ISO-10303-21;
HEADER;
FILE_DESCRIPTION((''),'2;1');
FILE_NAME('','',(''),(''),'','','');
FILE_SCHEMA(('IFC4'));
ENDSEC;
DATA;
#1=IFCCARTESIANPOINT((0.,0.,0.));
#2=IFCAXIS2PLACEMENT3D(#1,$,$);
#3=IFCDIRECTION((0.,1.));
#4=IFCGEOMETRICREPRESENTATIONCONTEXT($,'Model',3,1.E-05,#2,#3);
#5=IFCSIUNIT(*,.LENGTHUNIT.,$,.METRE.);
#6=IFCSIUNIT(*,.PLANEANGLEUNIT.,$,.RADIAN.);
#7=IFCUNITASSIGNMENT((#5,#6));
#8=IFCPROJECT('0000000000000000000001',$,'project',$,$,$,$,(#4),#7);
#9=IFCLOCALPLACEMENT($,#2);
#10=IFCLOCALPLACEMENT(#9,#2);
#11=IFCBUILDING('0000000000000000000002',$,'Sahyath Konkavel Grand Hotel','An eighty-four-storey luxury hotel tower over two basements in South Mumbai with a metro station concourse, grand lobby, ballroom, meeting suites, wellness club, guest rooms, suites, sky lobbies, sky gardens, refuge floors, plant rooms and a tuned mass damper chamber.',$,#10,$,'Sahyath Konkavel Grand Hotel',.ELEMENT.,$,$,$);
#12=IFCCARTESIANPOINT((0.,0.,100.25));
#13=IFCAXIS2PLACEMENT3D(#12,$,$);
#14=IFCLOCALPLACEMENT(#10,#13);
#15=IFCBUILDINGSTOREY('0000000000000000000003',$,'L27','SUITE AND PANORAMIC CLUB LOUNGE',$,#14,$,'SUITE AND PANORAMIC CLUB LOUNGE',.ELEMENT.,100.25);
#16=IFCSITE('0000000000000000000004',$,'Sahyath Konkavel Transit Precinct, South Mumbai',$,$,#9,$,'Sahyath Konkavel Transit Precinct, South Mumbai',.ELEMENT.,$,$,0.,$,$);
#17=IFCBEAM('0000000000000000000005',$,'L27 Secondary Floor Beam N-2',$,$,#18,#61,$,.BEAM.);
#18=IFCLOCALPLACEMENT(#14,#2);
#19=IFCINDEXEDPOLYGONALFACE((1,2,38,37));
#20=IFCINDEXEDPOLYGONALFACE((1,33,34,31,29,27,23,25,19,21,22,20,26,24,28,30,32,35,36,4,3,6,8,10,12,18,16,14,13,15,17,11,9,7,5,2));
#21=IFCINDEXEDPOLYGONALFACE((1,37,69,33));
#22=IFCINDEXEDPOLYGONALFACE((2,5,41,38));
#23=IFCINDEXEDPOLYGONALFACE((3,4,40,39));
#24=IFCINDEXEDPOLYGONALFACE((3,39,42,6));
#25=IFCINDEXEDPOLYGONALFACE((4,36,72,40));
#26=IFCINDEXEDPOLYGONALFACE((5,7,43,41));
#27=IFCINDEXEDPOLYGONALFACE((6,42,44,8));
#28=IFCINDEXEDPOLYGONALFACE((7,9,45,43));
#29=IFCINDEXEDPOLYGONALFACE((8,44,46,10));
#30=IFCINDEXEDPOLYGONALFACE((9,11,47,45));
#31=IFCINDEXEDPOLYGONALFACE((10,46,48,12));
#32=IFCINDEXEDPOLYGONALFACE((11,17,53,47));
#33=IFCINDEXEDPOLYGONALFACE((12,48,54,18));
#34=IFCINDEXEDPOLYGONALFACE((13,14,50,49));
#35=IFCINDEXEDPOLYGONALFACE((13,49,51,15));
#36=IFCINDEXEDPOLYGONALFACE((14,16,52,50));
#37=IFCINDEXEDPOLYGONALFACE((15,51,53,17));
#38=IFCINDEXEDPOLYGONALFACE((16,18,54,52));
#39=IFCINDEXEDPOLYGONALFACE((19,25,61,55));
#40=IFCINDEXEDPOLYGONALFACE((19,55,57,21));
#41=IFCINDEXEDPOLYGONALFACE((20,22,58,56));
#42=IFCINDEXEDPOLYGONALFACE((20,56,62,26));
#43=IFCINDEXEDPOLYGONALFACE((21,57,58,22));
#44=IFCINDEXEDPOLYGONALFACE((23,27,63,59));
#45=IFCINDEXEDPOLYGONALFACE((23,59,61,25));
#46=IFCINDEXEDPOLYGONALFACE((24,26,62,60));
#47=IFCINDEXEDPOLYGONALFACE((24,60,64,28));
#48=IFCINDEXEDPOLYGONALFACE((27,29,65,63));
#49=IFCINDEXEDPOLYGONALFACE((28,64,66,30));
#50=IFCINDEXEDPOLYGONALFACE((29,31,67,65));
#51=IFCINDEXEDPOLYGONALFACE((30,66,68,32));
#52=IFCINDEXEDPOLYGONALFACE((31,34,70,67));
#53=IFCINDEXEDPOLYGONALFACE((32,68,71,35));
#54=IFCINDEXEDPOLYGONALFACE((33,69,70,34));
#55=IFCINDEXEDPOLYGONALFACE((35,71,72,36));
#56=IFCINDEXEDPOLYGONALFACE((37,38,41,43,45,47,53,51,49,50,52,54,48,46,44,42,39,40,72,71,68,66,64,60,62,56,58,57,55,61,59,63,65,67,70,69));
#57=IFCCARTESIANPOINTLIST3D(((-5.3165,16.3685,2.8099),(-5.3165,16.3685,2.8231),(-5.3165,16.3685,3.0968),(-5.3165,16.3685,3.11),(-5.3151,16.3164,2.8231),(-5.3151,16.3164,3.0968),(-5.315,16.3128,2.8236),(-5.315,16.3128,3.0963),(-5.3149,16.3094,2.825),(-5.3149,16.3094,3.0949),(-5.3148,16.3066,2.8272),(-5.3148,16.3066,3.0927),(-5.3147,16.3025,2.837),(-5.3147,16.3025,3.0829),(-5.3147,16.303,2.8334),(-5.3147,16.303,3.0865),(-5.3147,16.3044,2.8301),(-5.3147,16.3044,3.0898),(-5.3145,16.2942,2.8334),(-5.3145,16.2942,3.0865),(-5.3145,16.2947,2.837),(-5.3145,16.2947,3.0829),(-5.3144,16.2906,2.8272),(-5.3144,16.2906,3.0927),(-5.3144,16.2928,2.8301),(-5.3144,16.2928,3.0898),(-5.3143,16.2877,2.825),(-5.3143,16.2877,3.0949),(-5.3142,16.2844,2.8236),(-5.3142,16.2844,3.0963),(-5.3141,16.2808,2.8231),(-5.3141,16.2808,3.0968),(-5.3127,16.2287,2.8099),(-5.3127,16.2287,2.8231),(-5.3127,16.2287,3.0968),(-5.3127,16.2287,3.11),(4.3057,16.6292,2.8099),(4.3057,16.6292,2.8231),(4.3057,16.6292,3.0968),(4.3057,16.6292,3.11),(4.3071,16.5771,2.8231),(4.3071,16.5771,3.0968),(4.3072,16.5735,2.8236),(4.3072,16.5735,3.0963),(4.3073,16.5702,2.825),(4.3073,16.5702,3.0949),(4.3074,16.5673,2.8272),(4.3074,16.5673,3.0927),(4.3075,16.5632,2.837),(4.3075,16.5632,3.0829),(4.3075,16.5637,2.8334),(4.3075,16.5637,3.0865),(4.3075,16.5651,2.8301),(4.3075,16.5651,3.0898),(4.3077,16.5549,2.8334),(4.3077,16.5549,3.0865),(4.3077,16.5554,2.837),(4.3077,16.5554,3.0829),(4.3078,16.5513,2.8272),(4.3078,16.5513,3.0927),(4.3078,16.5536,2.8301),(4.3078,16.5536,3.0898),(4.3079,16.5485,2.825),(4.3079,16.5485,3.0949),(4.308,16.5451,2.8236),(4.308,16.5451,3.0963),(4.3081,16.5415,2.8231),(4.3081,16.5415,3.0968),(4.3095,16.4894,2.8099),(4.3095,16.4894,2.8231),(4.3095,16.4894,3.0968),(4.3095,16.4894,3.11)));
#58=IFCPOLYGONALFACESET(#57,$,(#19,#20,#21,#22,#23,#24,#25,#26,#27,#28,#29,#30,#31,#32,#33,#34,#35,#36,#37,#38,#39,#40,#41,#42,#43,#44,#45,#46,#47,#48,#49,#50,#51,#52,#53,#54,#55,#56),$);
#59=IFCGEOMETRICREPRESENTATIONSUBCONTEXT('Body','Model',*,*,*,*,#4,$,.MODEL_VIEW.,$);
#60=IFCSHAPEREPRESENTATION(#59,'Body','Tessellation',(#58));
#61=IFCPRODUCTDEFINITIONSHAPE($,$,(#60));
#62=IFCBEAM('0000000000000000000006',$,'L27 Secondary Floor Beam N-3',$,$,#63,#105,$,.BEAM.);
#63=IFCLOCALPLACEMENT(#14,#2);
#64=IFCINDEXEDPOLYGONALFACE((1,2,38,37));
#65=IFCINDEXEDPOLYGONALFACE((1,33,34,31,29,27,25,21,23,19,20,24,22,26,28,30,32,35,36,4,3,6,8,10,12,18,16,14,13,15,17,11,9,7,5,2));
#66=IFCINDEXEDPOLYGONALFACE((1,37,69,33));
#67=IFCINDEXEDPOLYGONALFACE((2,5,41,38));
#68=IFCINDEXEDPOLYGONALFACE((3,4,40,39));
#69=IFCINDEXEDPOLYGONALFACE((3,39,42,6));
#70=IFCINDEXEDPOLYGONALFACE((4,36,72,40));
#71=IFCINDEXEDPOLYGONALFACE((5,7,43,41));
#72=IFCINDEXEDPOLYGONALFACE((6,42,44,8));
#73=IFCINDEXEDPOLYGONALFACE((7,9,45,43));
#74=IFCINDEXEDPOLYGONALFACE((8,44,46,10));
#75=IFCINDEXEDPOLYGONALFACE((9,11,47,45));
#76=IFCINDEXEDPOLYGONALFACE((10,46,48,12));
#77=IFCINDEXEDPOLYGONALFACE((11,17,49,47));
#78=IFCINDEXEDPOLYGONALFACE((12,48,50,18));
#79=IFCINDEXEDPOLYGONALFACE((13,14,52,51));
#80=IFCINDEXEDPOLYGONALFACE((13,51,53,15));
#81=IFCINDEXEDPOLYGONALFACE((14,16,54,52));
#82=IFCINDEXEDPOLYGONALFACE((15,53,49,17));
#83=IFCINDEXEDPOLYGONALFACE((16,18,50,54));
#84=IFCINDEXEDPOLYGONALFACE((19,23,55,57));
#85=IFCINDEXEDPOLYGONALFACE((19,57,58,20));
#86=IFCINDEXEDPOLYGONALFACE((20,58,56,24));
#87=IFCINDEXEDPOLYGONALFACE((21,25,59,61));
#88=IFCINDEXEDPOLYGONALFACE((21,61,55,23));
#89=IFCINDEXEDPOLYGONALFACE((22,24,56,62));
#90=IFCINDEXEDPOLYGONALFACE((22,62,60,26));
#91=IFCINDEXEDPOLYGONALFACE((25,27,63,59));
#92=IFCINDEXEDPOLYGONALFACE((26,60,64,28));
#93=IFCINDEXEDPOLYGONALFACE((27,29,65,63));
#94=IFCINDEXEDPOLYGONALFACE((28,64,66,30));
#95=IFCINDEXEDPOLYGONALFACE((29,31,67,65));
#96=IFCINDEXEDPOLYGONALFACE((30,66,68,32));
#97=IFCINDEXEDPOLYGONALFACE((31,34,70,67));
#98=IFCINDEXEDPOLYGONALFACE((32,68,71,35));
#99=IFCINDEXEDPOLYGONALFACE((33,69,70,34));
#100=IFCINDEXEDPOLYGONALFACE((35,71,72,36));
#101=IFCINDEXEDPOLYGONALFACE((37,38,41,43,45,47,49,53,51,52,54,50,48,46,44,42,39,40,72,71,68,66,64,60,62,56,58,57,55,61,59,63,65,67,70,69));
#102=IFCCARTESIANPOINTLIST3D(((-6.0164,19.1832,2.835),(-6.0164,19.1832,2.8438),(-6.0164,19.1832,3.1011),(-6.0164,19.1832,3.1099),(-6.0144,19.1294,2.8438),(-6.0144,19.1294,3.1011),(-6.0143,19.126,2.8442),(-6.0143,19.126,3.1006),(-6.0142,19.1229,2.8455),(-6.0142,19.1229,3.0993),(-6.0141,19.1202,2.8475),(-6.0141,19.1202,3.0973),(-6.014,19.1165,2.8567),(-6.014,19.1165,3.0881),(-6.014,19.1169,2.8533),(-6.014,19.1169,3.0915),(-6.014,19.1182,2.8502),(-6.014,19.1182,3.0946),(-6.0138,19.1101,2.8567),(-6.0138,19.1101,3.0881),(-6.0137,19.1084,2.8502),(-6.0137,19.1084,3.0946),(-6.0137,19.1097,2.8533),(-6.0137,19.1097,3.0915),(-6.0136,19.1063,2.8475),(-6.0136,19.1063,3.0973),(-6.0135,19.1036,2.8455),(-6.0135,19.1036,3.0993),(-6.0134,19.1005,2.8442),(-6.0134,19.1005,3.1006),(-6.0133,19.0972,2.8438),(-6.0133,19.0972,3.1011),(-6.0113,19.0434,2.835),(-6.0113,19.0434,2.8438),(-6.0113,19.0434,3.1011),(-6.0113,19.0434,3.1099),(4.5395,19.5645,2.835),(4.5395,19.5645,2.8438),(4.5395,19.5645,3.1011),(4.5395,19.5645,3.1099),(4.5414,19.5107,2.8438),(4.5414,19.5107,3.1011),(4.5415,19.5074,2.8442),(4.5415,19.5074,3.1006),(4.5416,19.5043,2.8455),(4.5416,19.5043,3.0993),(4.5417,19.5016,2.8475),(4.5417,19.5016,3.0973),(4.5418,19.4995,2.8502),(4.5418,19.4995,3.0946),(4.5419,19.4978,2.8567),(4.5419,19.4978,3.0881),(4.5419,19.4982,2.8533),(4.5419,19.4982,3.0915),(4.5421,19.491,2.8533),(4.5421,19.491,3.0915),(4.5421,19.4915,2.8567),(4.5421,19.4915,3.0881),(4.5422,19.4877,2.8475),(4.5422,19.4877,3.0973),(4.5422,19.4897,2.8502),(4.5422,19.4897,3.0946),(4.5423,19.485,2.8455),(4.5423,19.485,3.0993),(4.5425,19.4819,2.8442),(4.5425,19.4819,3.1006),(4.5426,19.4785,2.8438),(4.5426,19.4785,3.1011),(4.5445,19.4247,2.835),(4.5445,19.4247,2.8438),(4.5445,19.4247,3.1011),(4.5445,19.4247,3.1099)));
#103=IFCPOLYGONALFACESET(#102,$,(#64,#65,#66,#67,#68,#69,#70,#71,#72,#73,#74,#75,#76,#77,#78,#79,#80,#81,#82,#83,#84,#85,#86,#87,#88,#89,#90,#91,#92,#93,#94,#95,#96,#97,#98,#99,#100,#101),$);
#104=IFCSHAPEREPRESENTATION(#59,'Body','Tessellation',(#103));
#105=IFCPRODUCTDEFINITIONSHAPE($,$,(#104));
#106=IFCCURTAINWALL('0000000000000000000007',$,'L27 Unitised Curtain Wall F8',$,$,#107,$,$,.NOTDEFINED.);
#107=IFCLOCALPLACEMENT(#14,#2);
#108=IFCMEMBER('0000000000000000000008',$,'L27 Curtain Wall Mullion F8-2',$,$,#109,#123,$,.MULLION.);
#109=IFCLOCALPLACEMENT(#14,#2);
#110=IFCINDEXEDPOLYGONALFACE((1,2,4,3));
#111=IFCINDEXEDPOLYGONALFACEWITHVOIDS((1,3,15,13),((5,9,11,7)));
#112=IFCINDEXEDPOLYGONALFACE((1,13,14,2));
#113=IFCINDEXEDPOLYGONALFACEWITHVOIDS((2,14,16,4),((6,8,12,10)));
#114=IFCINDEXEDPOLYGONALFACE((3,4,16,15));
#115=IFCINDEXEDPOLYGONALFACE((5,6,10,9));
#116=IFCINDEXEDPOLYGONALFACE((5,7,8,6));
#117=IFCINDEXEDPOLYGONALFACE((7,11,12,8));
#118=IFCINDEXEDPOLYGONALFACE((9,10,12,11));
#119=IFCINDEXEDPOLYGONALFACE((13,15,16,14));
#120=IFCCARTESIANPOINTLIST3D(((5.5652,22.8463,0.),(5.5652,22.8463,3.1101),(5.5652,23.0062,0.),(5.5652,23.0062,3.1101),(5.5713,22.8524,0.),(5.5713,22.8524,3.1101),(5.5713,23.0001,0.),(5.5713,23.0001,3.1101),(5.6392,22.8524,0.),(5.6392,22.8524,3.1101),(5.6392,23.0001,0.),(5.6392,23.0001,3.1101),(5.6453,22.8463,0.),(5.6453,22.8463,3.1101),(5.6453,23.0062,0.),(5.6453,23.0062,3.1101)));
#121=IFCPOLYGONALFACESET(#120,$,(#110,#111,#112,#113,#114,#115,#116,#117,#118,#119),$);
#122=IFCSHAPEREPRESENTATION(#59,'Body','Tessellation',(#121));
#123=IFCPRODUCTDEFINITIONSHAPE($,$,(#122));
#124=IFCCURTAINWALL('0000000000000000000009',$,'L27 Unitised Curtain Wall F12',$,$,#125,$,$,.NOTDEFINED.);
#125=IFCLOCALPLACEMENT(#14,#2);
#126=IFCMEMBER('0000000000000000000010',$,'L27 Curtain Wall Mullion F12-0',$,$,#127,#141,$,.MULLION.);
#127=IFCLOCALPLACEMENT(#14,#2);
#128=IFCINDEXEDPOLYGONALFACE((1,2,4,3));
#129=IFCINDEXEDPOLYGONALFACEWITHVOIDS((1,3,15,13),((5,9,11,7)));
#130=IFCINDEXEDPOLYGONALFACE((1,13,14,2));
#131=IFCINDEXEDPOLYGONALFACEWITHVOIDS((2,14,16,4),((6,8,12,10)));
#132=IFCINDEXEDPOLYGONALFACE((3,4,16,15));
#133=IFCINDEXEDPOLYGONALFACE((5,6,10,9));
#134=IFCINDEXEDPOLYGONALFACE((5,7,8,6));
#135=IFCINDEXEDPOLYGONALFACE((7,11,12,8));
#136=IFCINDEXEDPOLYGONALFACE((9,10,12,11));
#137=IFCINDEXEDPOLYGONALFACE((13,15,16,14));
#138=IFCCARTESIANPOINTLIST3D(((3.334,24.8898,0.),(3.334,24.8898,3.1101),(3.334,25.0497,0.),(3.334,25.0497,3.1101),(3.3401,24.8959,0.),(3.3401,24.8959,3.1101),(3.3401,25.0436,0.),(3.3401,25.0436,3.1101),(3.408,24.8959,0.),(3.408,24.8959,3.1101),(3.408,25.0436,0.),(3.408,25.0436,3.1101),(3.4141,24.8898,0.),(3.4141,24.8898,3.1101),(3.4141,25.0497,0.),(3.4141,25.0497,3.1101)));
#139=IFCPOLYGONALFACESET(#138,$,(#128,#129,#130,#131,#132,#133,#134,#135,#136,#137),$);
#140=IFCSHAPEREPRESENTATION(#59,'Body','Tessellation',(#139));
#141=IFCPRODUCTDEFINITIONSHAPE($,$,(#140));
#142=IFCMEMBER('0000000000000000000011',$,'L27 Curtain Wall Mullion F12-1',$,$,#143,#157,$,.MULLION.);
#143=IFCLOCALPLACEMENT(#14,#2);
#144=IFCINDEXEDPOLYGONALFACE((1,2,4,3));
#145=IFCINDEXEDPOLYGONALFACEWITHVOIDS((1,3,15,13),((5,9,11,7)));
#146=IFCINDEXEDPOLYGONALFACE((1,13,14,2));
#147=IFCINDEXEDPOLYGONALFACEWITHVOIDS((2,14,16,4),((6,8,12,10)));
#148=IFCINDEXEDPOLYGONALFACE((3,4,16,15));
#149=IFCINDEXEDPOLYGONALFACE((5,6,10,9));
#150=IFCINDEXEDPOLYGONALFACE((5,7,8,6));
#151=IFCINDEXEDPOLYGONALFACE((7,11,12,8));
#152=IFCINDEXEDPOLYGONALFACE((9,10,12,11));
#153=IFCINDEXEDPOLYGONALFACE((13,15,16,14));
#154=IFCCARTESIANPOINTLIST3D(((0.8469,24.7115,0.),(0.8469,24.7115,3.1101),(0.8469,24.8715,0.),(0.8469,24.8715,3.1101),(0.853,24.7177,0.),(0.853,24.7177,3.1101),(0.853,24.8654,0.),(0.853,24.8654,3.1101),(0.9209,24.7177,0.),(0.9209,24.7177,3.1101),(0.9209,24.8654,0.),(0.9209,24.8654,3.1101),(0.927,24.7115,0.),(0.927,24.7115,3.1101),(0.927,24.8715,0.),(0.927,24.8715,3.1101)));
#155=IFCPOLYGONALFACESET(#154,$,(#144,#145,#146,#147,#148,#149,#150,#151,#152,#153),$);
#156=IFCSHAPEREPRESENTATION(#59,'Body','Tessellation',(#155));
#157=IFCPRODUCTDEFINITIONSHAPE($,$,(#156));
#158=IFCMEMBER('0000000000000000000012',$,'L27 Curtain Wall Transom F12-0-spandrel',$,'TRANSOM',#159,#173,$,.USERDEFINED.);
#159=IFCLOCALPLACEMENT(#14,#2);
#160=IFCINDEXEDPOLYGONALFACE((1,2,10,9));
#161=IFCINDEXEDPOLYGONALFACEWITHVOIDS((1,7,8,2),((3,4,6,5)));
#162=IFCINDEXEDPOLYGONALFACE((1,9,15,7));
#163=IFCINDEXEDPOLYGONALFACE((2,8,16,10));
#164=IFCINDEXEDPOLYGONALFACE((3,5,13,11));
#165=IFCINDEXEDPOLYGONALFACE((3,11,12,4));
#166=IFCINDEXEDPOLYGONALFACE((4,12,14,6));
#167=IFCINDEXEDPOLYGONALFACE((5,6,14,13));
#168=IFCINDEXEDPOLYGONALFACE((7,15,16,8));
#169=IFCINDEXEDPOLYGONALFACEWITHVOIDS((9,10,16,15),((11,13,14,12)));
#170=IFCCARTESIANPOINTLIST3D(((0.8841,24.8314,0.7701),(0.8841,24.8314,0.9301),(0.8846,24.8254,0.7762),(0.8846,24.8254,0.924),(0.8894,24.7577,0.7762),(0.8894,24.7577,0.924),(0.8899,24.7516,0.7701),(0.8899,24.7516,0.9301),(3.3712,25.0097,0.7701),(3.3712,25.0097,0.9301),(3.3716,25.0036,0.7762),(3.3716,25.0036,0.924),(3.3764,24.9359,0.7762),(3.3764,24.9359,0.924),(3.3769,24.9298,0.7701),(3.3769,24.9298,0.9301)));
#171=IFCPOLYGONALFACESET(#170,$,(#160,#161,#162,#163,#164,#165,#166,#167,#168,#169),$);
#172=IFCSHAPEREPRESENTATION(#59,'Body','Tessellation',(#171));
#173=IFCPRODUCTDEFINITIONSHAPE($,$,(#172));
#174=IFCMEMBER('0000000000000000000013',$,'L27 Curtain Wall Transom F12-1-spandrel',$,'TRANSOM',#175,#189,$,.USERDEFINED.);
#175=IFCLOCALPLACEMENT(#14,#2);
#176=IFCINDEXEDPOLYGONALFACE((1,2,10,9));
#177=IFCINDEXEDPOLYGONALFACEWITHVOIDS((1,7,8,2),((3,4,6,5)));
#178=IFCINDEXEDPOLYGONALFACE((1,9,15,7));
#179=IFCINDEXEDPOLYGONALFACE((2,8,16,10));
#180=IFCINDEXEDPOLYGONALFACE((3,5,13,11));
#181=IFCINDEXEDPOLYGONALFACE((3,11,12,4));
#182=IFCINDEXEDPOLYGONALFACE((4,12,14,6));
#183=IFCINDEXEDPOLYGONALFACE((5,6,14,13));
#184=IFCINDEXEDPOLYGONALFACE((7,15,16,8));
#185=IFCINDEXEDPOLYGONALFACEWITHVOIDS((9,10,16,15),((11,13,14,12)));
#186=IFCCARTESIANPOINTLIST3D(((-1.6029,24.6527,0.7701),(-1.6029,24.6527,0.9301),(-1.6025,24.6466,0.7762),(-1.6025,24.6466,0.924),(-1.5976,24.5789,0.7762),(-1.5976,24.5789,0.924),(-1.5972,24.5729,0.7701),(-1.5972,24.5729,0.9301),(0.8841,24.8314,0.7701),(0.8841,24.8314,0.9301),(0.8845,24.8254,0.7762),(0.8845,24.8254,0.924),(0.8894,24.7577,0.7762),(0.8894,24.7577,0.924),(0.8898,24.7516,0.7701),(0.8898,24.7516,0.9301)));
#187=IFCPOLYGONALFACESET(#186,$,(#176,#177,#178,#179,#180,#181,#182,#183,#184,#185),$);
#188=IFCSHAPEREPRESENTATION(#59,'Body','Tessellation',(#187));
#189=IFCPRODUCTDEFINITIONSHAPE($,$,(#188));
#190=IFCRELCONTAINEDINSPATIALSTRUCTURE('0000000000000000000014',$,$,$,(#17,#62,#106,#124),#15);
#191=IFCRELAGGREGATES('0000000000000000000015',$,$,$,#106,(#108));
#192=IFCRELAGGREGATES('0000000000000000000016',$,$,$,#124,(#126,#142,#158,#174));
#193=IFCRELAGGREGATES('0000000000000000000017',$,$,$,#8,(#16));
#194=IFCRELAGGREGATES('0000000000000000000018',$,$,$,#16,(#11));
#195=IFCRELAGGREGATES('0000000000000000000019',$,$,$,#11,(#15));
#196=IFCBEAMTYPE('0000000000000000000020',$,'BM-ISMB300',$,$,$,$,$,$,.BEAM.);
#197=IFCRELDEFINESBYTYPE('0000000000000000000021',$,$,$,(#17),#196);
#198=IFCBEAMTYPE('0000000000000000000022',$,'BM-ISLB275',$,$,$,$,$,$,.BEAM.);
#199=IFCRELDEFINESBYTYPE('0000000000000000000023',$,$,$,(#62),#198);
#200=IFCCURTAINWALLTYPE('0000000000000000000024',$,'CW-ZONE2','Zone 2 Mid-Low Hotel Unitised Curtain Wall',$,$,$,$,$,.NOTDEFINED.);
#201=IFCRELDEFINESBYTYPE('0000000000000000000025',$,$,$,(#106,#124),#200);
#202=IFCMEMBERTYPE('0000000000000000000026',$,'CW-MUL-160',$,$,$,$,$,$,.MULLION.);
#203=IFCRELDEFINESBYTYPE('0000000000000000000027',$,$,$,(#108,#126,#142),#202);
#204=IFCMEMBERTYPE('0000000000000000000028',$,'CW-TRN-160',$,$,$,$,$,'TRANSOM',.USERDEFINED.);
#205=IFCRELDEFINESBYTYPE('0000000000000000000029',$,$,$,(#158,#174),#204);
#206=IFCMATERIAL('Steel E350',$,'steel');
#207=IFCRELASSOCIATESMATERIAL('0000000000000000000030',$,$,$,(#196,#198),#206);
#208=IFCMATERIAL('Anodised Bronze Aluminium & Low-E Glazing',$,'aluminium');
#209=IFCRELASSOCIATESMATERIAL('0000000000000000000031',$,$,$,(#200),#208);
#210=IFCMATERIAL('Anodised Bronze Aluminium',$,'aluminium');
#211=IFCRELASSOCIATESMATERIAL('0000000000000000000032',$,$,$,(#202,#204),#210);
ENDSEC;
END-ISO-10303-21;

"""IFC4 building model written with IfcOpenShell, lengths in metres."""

from ifc_helpers import new_model, si_unit, direction, frame, origin, origin_2d, place, context, subcontext, project, spatial, hollow_rectangle, i_section, extrude, source, transform, mapped, material, material_profile, profile_set, type_object, element, aggregate, save


model = new_model("IFC4")

# Units and contexts
model_context = context("Model", 3, precision=1e-05, world=origin(), true_north=direction((0.0, 1.0)))
body_context = subcontext(model_context, "Body", "Model", "MODEL_VIEW")
ifc_project = project(units=[si_unit("LENGTHUNIT", "METRE"), si_unit("PLANEANGLEUNIT", "RADIAN")], contexts=[model_context])

# Site, building, storey
site_placement = place(None, origin())
site = spatial("IfcSite", under=ifc_project, at=site_placement, Name="Sahyath Konkavel Transit Precinct, South Mumbai", LongName="Sahyath Konkavel Transit Precinct, South Mumbai", CompositionType="ELEMENT", RefElevation=0.0)
building_placement = place(site_placement, origin())
building = spatial("IfcBuilding", under=site, at=building_placement, Name="Sahyath Konkavel Grand Hotel", Description="An eighty-four-storey luxury hotel tower over two basements in South Mumbai with a metro station concourse, grand lobby, ballroom, meeting suites, wellness club, guest rooms, suites, sky lobbies, sky gardens, refuge floors, plant rooms and a tuned mass damper chamber.", LongName="Sahyath Konkavel Grand Hotel", CompositionType="ELEMENT")
storey_placement = place(building_placement, frame((0.0, 0.0, 100.25)))
storey = spatial("IfcBuildingStorey", under=building, at=storey_placement, Name="L27", Description="SUITE AND PANORAMIC CLUB LOUNGE", LongName="SUITE AND PANORAMIC CLUB LOUNGE", CompositionType="ELEMENT", Elevation=100.25)

# Beams
ifc_material_1 = material(Name="Steel E350", Category="steel")
ifc_material_profile_1 = material_profile(ifc_material_1, i_section(OverallWidth=0.1399, OverallDepth=0.3, WebThickness=0.0078, FlangeThickness=0.0132, FilletRadius=0.0139, at=origin_2d()), Name="ISMB 300")
ifc_profile_set_1 = profile_set([ifc_material_profile_1], Name="Steel E350")
beam_type_1 = type_object("IfcBeamType", Name="BM-ISMB300", PredefinedType="BEAM", material=ifc_profile_set_1)
shared_shape_1 = source(origin(), body_context, "Body", "SweptSolid", [
    extrude(i_section(OverallWidth=0.1399, OverallDepth=0.3, WebThickness=0.0078, FlangeThickness=0.0132, FilletRadius=0.0139, at=origin_2d()), origin(), (0.0, 0.0, 1.0), 9.6257),
])
beam_1_placement = place(storey_placement, frame((4.3076, 16.5593, 2.96), z_axis=(-0.999633, -0.027088, 0.0), x_axis=(0.027088, -0.999633, 0.0)))
element("IfcBeam", 1, at=beam_1_placement, inside=storey, type_object=beam_type_1, Name="L27 Secondary Floor Beam N-2", PredefinedType="BEAM", context=body_context, shape_type="MappedRepresentation", body=[
    mapped(shared_shape_1, transform((0.0, 0.0, 0.0), scale=1.0)),
])
ifc_material_profile_2 = material_profile(ifc_material_1, i_section(OverallWidth=0.1399, OverallDepth=0.2749, WebThickness=0.0063, FlangeThickness=0.0088, FilletRadius=0.0129, at=origin_2d()), Name="ISLB 275")
ifc_profile_set_2 = profile_set([ifc_material_profile_2], Name="Steel E350")
beam_type_2 = type_object("IfcBeamType", Name="BM-ISLB275", PredefinedType="BEAM", material=ifc_profile_set_2)
shared_shape_2 = source(origin(), body_context, "Body", "SweptSolid", [
    extrude(i_section(OverallWidth=0.1399, OverallDepth=0.2749, WebThickness=0.0063, FlangeThickness=0.0088, FilletRadius=0.0129, at=origin_2d()), origin(), (0.0, 0.0, 1.0), 10.5627),
])
beam_2_placement = place(storey_placement, frame((4.542, 19.4946, 2.9724), z_axis=(-0.999348, -0.036103, 0.0), x_axis=(0.036103, -0.999348, 0.0)))
element("IfcBeam", 2, at=beam_2_placement, inside=storey, type_object=beam_type_2, Name="L27 Secondary Floor Beam N-3", PredefinedType="BEAM", context=body_context, shape_type="MappedRepresentation", body=[
    mapped(shared_shape_2, transform((0.0, 0.0, 0.0), scale=1.0)),
])

# Curtain wall, member
ifc_material_2 = material(Name="Anodised Bronze Aluminium & Low-E Glazing", Category="aluminium")
curtain_wall_type = type_object("IfcCurtainWallType", Name="CW-ZONE2", Description="Zone 2 Mid-Low Hotel Unitised Curtain Wall", PredefinedType="NOTDEFINED", material=ifc_material_2)
curtain_wall_1_placement = place(storey_placement, origin())
curtain_wall_1 = element("IfcCurtainWall", 3, at=curtain_wall_1_placement, inside=storey, type_object=curtain_wall_type, Name="L27 Unitised Curtain Wall F8", PredefinedType="NOTDEFINED")
ifc_material_3 = material(Name="Anodised Bronze Aluminium", Category="aluminium")
ifc_material_profile_3 = material_profile(ifc_material_3, hollow_rectangle(XDim=0.0801, YDim=0.1599, WallThickness=0.0061, at=origin_2d()), Name="RHS 160x80x6")
ifc_profile_set_3 = profile_set([ifc_material_profile_3], Name="Anodised Bronze Aluminium")
member_type_1 = type_object("IfcMemberType", Name="CW-MUL-160", PredefinedType="MULLION", material=ifc_profile_set_3)
shared_shape_3 = source(origin(), body_context, "Body", "SweptSolid", [
    extrude(hollow_rectangle(XDim=0.0801, YDim=0.1599, WallThickness=0.0061, at=origin_2d()), origin(), (0.0, 0.0, 1.0), 3.1101),
])
member_1_placement = place(storey_placement, frame((5.6052, 22.9263, 0.0), z_axis=(0.0, 0.0, 1.0), x_axis=(1.0, 0.0, 0.0)))
member_1 = element("IfcMember", 4, at=member_1_placement, type_object=member_type_1, Name="L27 Curtain Wall Mullion F8-2", PredefinedType="MULLION", context=body_context, shape_type="MappedRepresentation", body=[
    mapped(shared_shape_3, transform((0.0, 0.0, 0.0), scale=1.0)),
])
aggregate(curtain_wall_1, [member_1])

# Curtain wall, members
curtain_wall_2_placement = place(storey_placement, origin())
curtain_wall_2 = element("IfcCurtainWall", 5, at=curtain_wall_2_placement, inside=storey, type_object=curtain_wall_type, Name="L27 Unitised Curtain Wall F12", PredefinedType="NOTDEFINED")
member_2_placement = place(storey_placement, frame((3.374, 24.9697, 0.0), z_axis=(0.0, 0.0, 1.0), x_axis=(1.0, 0.0, 0.0)))
member_2 = element("IfcMember", 6, at=member_2_placement, type_object=member_type_1, Name="L27 Curtain Wall Mullion F12-0", PredefinedType="MULLION", context=body_context, shape_type="MappedRepresentation", body=[
    mapped(shared_shape_3, transform((0.0, 0.0, 0.0), scale=1.0)),
])
member_3_placement = place(storey_placement, frame((0.887, 24.7915, 0.0), z_axis=(0.0, 0.0, 1.0), x_axis=(1.0, 0.0, 0.0)))
member_3 = element("IfcMember", 7, at=member_3_placement, type_object=member_type_1, Name="L27 Curtain Wall Mullion F12-1", PredefinedType="MULLION", context=body_context, shape_type="MappedRepresentation", body=[
    mapped(shared_shape_3, transform((0.0, 0.0, 0.0), scale=1.0)),
])
ifc_material_profile_4 = material_profile(ifc_material_3, hollow_rectangle(XDim=0.0801, YDim=0.1599, WallThickness=0.0061, at=origin_2d()), Name="RHS 160x80x6")
ifc_profile_set_4 = profile_set([ifc_material_profile_4], Name="Anodised Bronze Aluminium")
member_type_2 = type_object("IfcMemberType", Name="CW-TRN-160", ElementType="TRANSOM", PredefinedType="USERDEFINED", material=ifc_profile_set_4)
shared_shape_4 = source(origin(), body_context, "Body", "SweptSolid", [
    extrude(hollow_rectangle(XDim=0.0801, YDim=0.1599, WallThickness=0.0061, at=origin_2d()), origin(), (0.0, 0.0, 1.0), 2.4934),
])
member_4_placement = place(storey_placement, frame((3.374, 24.9697, 0.8501), z_axis=(-0.997442, -0.071477, 0.0), x_axis=(0.071477, -0.997442, 0.0)))
member_4 = element("IfcMember", 8, at=member_4_placement, type_object=member_type_2, Name="L27 Curtain Wall Transom F12-0-spandrel", ObjectType="TRANSOM", PredefinedType="USERDEFINED", context=body_context, shape_type="MappedRepresentation", body=[
    mapped(shared_shape_4, transform((0.0, 0.0, 0.0), scale=1.0)),
])
member_5_placement = place(storey_placement, frame((0.887, 24.7915, 0.8501), z_axis=(-0.997428, -0.071671, 0.0), x_axis=(0.071671, -0.997428, 0.0)))
member_5 = element("IfcMember", 9, at=member_5_placement, type_object=member_type_2, Name="L27 Curtain Wall Transom F12-1-spandrel", ObjectType="TRANSOM", PredefinedType="USERDEFINED", context=body_context, shape_type="MappedRepresentation", body=[
    mapped(shared_shape_4, transform((0.0, 0.0, 0.0), scale=1.0)),
])
aggregate(curtain_wall_2, [member_2, member_3, member_4, member_5])

save(model, "model.ifc")
